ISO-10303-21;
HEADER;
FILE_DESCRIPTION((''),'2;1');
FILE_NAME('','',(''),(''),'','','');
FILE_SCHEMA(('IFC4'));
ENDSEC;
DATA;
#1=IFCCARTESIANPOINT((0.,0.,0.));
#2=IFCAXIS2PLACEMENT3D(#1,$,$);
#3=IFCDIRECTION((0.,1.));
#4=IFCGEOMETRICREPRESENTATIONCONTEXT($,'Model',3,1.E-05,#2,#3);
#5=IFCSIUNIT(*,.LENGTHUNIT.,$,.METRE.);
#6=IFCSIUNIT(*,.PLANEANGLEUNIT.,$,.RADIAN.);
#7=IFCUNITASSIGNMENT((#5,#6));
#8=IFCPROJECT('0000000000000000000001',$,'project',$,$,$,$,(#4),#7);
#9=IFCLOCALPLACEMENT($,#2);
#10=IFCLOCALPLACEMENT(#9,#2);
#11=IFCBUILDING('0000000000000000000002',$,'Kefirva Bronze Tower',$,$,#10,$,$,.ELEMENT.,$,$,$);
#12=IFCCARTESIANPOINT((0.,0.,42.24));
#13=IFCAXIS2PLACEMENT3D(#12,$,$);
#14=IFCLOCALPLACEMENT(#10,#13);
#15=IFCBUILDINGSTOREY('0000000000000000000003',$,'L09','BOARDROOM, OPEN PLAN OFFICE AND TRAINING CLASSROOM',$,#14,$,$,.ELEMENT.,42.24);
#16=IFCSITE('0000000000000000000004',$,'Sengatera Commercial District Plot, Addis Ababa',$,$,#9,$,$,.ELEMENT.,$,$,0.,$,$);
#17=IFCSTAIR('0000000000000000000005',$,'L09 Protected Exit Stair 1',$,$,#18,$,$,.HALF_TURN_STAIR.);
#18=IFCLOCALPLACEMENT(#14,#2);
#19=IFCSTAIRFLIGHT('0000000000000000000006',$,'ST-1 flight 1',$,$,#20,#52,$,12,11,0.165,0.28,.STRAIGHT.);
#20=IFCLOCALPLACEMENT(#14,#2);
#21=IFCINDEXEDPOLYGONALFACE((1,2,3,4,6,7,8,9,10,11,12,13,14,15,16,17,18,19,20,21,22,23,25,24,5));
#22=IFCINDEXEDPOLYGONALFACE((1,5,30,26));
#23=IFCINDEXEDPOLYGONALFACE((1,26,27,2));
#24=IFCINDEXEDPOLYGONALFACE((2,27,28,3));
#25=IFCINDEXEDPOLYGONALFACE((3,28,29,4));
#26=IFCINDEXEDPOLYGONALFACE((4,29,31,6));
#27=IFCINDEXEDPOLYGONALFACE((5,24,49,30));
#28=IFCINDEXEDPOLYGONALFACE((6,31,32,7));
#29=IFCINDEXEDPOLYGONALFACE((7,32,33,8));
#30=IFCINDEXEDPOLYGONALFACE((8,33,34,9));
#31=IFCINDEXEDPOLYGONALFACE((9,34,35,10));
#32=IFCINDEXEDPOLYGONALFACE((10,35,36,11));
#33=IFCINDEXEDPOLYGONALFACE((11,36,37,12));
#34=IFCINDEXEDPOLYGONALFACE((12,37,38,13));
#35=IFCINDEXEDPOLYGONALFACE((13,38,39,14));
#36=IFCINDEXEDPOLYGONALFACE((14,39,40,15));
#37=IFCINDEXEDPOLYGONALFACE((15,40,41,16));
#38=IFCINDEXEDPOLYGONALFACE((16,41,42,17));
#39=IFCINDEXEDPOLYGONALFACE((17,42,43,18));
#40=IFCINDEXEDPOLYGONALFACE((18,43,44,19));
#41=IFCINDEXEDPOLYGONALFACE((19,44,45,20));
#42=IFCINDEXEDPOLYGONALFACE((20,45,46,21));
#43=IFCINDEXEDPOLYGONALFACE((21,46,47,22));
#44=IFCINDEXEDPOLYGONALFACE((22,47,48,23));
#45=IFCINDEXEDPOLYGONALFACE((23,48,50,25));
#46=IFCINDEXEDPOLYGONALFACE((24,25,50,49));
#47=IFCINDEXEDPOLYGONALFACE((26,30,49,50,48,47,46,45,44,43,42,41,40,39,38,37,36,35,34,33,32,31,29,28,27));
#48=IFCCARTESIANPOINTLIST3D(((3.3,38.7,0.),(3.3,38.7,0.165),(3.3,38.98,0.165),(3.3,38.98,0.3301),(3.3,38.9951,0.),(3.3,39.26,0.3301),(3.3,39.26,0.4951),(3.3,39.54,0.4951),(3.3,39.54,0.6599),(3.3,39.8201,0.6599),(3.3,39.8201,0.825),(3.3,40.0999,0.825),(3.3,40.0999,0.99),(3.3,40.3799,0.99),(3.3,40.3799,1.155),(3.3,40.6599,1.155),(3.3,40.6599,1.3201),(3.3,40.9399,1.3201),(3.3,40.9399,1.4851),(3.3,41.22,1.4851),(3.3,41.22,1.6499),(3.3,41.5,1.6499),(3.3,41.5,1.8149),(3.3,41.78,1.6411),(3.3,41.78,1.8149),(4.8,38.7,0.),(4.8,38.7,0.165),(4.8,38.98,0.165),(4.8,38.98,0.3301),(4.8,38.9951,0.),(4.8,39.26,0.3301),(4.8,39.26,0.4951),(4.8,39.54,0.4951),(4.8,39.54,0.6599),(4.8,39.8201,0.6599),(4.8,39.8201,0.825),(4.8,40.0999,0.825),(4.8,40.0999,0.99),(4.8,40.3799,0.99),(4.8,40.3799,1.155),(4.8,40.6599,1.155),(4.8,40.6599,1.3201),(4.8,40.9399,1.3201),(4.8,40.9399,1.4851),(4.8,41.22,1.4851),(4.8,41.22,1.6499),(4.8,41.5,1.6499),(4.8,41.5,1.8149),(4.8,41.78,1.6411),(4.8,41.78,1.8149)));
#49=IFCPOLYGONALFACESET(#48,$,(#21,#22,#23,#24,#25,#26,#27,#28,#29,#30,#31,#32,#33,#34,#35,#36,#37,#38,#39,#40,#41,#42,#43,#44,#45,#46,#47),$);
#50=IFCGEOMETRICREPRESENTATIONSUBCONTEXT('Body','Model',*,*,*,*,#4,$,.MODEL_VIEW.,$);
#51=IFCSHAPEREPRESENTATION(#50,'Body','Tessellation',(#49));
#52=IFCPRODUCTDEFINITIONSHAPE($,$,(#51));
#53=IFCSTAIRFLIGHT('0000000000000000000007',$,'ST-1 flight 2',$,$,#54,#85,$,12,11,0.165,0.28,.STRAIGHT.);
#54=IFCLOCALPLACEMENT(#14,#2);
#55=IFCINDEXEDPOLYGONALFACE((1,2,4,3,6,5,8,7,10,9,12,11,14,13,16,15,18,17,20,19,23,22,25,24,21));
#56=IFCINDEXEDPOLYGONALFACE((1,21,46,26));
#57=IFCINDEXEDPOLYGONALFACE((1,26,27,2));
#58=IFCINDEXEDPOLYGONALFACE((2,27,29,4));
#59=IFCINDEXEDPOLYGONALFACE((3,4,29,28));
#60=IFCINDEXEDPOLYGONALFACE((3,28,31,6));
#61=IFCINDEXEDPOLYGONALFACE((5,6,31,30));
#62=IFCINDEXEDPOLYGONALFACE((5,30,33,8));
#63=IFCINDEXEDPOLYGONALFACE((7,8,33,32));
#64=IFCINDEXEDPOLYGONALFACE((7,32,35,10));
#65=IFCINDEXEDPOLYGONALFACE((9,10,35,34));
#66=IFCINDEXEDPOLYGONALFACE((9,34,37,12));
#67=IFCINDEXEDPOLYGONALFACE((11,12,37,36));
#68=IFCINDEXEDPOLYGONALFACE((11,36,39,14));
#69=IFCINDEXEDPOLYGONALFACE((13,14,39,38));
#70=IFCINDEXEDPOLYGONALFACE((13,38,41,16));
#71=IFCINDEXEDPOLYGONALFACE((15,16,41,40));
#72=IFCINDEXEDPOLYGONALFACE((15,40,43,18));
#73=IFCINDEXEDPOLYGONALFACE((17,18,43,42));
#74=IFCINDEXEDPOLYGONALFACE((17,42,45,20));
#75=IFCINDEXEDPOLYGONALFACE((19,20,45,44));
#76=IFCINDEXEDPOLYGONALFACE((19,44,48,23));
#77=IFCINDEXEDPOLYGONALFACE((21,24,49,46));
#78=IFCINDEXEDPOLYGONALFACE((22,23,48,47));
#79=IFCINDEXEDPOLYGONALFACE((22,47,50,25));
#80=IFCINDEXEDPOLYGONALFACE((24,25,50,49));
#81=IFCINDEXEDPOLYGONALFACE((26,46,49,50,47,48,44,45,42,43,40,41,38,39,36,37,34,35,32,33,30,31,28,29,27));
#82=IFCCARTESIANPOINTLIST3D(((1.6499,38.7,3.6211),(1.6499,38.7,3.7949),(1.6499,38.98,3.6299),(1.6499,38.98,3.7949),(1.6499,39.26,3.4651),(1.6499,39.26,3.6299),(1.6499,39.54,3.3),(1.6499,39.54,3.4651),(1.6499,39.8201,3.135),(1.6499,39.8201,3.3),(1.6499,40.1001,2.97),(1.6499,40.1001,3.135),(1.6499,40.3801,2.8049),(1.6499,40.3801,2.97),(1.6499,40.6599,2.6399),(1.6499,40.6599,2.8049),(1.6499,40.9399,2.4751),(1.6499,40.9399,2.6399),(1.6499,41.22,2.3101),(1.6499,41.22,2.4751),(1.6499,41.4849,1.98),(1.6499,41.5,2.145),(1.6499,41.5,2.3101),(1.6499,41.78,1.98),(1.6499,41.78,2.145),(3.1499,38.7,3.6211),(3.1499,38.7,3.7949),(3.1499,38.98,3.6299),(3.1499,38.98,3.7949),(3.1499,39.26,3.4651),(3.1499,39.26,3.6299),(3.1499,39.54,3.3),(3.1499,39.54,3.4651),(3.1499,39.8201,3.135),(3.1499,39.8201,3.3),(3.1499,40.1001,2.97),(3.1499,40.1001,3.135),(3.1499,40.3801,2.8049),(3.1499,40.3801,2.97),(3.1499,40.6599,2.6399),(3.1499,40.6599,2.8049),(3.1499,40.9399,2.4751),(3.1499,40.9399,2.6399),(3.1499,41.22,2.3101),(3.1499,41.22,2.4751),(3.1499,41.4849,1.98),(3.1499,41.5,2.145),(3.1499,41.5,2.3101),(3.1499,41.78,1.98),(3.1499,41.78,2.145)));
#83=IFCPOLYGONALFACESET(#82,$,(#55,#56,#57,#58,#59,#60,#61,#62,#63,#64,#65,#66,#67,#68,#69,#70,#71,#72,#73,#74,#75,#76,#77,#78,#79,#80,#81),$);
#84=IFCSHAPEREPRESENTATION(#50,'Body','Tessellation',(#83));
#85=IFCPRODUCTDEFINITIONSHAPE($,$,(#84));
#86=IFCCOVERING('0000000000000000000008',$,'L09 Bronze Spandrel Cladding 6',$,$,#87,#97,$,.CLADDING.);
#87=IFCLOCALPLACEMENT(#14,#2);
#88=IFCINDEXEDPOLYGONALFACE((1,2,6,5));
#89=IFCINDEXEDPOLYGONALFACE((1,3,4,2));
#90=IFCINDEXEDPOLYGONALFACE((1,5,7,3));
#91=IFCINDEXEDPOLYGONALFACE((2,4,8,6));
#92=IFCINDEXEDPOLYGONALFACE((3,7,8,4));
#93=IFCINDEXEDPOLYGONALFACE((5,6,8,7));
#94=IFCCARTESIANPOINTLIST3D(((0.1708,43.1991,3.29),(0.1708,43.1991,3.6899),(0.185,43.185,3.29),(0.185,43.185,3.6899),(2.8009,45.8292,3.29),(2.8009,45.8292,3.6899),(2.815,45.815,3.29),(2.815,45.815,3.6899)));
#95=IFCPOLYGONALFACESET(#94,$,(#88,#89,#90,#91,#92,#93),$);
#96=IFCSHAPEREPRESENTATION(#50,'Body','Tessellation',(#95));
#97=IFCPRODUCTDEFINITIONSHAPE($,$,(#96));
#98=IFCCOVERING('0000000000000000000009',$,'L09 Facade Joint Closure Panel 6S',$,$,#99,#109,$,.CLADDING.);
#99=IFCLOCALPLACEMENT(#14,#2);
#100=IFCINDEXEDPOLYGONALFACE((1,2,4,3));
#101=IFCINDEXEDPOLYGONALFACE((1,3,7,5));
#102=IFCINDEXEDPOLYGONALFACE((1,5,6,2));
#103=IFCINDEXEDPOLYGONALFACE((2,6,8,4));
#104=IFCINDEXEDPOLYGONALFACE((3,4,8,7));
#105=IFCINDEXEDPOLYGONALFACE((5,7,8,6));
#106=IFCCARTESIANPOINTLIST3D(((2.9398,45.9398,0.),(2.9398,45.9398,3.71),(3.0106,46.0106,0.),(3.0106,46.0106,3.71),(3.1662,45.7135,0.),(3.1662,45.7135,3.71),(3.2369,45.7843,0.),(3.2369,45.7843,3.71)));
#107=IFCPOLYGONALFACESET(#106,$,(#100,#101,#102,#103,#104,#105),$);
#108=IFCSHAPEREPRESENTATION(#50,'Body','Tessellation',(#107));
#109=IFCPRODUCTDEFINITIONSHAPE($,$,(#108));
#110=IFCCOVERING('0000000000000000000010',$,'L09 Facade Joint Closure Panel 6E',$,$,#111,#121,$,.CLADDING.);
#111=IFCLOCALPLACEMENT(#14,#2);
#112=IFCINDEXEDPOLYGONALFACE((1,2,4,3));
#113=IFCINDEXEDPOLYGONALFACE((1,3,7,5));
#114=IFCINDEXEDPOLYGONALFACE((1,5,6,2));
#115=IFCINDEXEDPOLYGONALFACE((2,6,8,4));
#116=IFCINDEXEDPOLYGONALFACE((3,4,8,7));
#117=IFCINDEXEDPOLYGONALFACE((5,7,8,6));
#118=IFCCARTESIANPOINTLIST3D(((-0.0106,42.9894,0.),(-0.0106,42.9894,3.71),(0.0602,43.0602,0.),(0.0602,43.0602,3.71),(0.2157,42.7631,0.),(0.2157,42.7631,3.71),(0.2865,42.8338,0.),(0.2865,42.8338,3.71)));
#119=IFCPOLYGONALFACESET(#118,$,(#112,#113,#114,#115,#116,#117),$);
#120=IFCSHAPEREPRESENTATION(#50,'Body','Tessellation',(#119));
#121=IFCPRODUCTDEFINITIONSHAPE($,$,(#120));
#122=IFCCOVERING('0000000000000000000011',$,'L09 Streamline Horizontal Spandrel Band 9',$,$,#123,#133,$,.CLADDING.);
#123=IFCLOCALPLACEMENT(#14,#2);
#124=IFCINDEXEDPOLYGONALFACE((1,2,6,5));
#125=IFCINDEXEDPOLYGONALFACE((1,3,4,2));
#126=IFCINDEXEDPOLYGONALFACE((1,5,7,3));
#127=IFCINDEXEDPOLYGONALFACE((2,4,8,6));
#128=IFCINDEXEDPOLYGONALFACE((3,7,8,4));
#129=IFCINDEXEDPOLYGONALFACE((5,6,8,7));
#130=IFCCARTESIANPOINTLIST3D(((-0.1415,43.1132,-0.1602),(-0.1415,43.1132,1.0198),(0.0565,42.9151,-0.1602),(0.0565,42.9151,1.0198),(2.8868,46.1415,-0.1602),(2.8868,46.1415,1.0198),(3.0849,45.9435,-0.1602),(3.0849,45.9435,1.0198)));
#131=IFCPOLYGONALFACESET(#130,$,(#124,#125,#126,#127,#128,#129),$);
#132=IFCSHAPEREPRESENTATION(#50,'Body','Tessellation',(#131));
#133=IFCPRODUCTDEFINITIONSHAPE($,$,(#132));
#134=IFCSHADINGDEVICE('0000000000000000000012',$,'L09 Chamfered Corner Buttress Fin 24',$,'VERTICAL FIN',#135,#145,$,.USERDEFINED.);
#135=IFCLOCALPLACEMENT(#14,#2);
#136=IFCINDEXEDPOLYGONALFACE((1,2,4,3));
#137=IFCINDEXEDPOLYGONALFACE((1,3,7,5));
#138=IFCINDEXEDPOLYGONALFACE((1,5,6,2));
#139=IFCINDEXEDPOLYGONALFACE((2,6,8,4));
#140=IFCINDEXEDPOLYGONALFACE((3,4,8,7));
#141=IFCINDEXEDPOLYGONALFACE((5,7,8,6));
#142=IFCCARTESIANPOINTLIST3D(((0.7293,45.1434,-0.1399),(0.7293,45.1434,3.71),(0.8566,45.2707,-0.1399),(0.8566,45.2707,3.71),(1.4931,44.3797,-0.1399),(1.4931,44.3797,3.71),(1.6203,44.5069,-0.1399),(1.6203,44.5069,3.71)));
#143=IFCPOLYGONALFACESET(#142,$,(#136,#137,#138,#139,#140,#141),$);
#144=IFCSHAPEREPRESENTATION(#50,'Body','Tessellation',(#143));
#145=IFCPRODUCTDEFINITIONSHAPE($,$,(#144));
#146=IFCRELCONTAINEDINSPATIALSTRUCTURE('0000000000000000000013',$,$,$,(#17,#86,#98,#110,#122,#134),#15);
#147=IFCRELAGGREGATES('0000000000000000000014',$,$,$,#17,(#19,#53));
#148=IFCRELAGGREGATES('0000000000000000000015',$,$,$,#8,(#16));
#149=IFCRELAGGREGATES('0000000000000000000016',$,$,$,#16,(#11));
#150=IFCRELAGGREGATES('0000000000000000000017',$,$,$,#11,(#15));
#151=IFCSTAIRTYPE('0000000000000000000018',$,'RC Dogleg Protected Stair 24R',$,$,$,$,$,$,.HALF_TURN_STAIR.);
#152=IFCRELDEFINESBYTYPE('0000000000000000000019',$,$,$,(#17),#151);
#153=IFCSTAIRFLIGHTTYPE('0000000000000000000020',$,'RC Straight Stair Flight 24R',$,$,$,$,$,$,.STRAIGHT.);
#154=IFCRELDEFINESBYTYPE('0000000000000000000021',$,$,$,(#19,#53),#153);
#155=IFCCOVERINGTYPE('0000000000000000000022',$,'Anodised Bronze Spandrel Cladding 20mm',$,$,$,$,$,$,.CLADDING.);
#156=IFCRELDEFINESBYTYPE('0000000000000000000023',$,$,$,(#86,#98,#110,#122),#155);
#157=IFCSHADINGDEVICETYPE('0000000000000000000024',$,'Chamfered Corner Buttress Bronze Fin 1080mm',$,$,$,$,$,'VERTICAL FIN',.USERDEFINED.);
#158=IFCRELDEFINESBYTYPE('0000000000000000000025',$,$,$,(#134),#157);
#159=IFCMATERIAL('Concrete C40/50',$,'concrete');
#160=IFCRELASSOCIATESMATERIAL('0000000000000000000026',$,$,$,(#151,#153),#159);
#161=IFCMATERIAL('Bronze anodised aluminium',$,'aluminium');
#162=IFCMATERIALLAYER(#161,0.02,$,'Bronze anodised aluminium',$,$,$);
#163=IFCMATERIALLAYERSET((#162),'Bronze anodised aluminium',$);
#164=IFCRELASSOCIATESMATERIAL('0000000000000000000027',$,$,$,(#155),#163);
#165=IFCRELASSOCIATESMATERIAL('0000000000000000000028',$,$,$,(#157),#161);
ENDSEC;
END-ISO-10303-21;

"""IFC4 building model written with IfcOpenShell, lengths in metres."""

from ifc_helpers import new_model, si_unit, direction, frame, origin, origin_2d, place, context, subcontext, project, spatial, polyline, rectangle, outline, extrude, material, layer, layer_set, material_profile, profile_set, type_object, element, aggregate, save


model = new_model("IFC4")

# Units and contexts
model_context = context("Model", 3, precision=1e-05, world=origin(), true_north=direction((0.0, 1.0)))
body_context = subcontext(model_context, "Body", "Model", "MODEL_VIEW")
ifc_project = project(units=[si_unit("LENGTHUNIT", "METRE"), si_unit("PLANEANGLEUNIT", "RADIAN")], contexts=[model_context])

# Site, building, storey
site_placement = place(None, origin())
site = spatial("IfcSite", under=ifc_project, at=site_placement, Name="Sengatera Commercial District Plot, Addis Ababa", CompositionType="ELEMENT", RefElevation=0.0)
building_placement = place(site_placement, origin())
building = spatial("IfcBuilding", under=site, at=building_placement, Name="Kefirva Bronze Tower", CompositionType="ELEMENT")
storey_placement = place(building_placement, frame((0.0, 0.0, 42.24)))
storey = spatial("IfcBuildingStorey", under=building, at=storey_placement, Name="L09", Description="BOARDROOM, OPEN PLAN OFFICE AND TRAINING CLASSROOM", CompositionType="ELEMENT", Elevation=42.24)

# Shared definitions
ifc_material_1 = material(Name="Bronze anodised aluminium", Category="aluminium")

# Stair, stair flights
ifc_material_2 = material(Name="Concrete C40/50", Category="concrete")
stair_type = type_object("IfcStairType", Name="RC Dogleg Protected Stair 24R", PredefinedType="HALF_TURN_STAIR", material=ifc_material_2)
stair_placement = place(storey_placement, origin())
stair = element("IfcStair", 1, at=stair_placement, inside=storey, type_object=stair_type, Name="L09 Protected Exit Stair 1", PredefinedType="HALF_TURN_STAIR")
stair_flight_type = type_object("IfcStairFlightType", Name="RC Straight Stair Flight 24R", PredefinedType="STRAIGHT", material=ifc_material_2)
stair_flight_1_placement = place(storey_placement, frame((4.05, 38.7, 0.0), z_axis=(0.0, 0.0, 1.0), x_axis=(0.0, 1.0, 0.0)))
stair_flight_1 = element("IfcStairFlight", 2, at=stair_flight_1_placement, type_object=stair_flight_type, Name="ST-1 flight 1", NumberOfRisers=12, NumberOfTreads=11, PredefinedType="STRAIGHT", RiserHeight=0.165, TreadLength=0.28, context=body_context, shape_type="SweptSolid", body=[
    extrude(outline(polyline([(0.0, 0.0), (0.0, 0.165), (0.28, 0.165), (0.28, 0.3301), (0.5601, 0.3301), (0.5601, 0.4951), (0.8401, 0.4951), (0.8401, 0.6599), (1.1201, 0.6599), (1.1201, 0.825), (1.3999, 0.825), (1.3999, 0.99), (1.6799, 0.99), (1.6799, 1.155), (1.96, 1.155), (1.96, 1.3201), (2.24, 1.3201), (2.24, 1.4851), (2.52, 1.4851), (2.52, 1.6499), (2.8, 1.6499), (2.8, 1.8149), (3.0801, 1.8149), (3.0801, 1.98), (3.0801, 1.6411), (0.2952, 0.0), (0.0, 0.0)])), frame((0.0, 0.75, 0.0), z_axis=(0.0, -1.0, 0.0), x_axis=(1.0, 0.0, 0.0)), (0.0, 0.0, 1.0), 1.5),
])
stair_flight_2_placement = place(storey_placement, frame((2.3999, 41.78, 1.98), z_axis=(0.0, 0.0, 1.0), x_axis=(0.0, -1.0, 0.0)))
stair_flight_2 = element("IfcStairFlight", 3, at=stair_flight_2_placement, type_object=stair_flight_type, Name="ST-1 flight 2", NumberOfRisers=12, NumberOfTreads=11, PredefinedType="STRAIGHT", RiserHeight=0.165, TreadLength=0.28, context=body_context, shape_type="SweptSolid", body=[
    extrude(outline(polyline([(0.0, 0.0), (0.0, 0.165), (0.28, 0.165), (0.28, 0.3301), (0.5601, 0.3301), (0.5601, 0.4951), (0.8401, 0.4951), (0.8401, 0.6599), (1.1201, 0.6599), (1.1201, 0.825), (1.3999, 0.825), (1.3999, 0.99), (1.6799, 0.99), (1.6799, 1.155), (1.96, 1.155), (1.96, 1.3201), (2.24, 1.3201), (2.24, 1.4851), (2.52, 1.4851), (2.52, 1.6499), (2.8, 1.6499), (2.8, 1.8149), (3.0801, 1.8149), (3.0801, 1.98), (3.0801, 1.6411), (0.2952, 0.0), (0.0, 0.0)])), frame((0.0, 0.75, 0.0), z_axis=(0.0, -1.0, 0.0), x_axis=(1.0, 0.0, 0.0)), (0.0, 0.0, 1.0), 1.5),
])
aggregate(stair, [stair_flight_1, stair_flight_2])

# Coverings
ifc_layer_1 = layer(ifc_material_1, 0.02, Name="Bronze anodised aluminium")
ifc_layer_set_1 = layer_set([ifc_layer_1], Name="Bronze anodised aluminium")
covering_type_1 = type_object("IfcCoveringType", Name="Anodised Bronze Spandrel Cladding 20mm", PredefinedType="CLADDING", material=ifc_layer_set_1)
covering_1_placement = place(storey_placement, frame((1.4929, 44.5071, 3.29), z_axis=(0.0, 0.0, 1.0), x_axis=(-0.707107, -0.707107, 0.0)))
element("IfcCovering", 4, at=covering_1_placement, inside=storey, type_object=covering_type_1, Name="L09 Bronze Spandrel Cladding 6", PredefinedType="CLADDING", context=body_context, shape_type="SweptSolid", body=[
    extrude(rectangle(XDim=3.7195, YDim=0.02, at=origin_2d()), origin(), (0.0, 0.0, 1.0), 0.3999),
])
for number, where, z_axis, x_axis, name in (
    (5, (3.0884, 45.8621, 0.0), (0.0, 0.0, 1.0), (-0.707107, -0.707107, 0.0), "L09 Facade Joint Closure Panel 6S"),
    (6, (0.1379, 42.9116, 0.0), (0.0, 0.0, 1.0), (-0.707107, -0.707107, 0.0), "L09 Facade Joint Closure Panel 6E"),
):
    element("IfcCovering", number, at=place(storey_placement, frame(where, z_axis=z_axis, x_axis=x_axis)), inside=storey, type_object=covering_type_1, Name=name, PredefinedType="CLADDING", context=body_context, shape_type="SweptSolid", body=[
        extrude(rectangle(XDim=0.1001, YDim=0.3201, at=origin_2d()), origin(), (0.0, 0.0, 1.0), 3.71),
    ])
covering_2_placement = place(storey_placement, frame((1.4717, 44.5283, -0.1602), z_axis=(0.0, 0.0, 1.0), x_axis=(-0.707107, -0.707107, 0.0)))
element("IfcCovering", 7, at=covering_2_placement, inside=storey, type_object=covering_type_1, Name="L09 Streamline Horizontal Spandrel Band 9", PredefinedType="CLADDING", context=body_context, shape_type="SweptSolid", body=[
    extrude(rectangle(XDim=4.2827, YDim=0.28, at=origin_2d()), origin(), (0.0, 0.0, 1.0), 1.1799),
])

# Shading device
ifc_material_profile_1 = material_profile(ifc_material_1, rectangle(XDim=0.1799, YDim=1.0801, at=origin_2d()), Name="BRONZE BUTTRESS FIN 180x1080")
ifc_profile_set_1 = profile_set([ifc_material_profile_1], Name="Bronze anodised aluminium")
shading_device_type = type_object("IfcShadingDeviceType", Name="Chamfered Corner Buttress Bronze Fin 1080mm", ElementType="VERTICAL FIN", PredefinedType="USERDEFINED", material=ifc_profile_set_1)
shading_device_placement = place(storey_placement, frame((1.1748, 44.8252, -0.1399), z_axis=(0.0, 0.0, 1.0), x_axis=(-0.707107, -0.707107, 0.0)))
element("IfcShadingDevice", 8, at=shading_device_placement, inside=storey, type_object=shading_device_type, Name="L09 Chamfered Corner Buttress Fin 24", ObjectType="VERTICAL FIN", PredefinedType="USERDEFINED", context=body_context, shape_type="SweptSolid", body=[
    extrude(rectangle(XDim=0.1799, YDim=1.0801, at=origin_2d()), origin(), (0.0, 0.0, 1.0), 3.8499),
])

save(model, "model.ifc")
